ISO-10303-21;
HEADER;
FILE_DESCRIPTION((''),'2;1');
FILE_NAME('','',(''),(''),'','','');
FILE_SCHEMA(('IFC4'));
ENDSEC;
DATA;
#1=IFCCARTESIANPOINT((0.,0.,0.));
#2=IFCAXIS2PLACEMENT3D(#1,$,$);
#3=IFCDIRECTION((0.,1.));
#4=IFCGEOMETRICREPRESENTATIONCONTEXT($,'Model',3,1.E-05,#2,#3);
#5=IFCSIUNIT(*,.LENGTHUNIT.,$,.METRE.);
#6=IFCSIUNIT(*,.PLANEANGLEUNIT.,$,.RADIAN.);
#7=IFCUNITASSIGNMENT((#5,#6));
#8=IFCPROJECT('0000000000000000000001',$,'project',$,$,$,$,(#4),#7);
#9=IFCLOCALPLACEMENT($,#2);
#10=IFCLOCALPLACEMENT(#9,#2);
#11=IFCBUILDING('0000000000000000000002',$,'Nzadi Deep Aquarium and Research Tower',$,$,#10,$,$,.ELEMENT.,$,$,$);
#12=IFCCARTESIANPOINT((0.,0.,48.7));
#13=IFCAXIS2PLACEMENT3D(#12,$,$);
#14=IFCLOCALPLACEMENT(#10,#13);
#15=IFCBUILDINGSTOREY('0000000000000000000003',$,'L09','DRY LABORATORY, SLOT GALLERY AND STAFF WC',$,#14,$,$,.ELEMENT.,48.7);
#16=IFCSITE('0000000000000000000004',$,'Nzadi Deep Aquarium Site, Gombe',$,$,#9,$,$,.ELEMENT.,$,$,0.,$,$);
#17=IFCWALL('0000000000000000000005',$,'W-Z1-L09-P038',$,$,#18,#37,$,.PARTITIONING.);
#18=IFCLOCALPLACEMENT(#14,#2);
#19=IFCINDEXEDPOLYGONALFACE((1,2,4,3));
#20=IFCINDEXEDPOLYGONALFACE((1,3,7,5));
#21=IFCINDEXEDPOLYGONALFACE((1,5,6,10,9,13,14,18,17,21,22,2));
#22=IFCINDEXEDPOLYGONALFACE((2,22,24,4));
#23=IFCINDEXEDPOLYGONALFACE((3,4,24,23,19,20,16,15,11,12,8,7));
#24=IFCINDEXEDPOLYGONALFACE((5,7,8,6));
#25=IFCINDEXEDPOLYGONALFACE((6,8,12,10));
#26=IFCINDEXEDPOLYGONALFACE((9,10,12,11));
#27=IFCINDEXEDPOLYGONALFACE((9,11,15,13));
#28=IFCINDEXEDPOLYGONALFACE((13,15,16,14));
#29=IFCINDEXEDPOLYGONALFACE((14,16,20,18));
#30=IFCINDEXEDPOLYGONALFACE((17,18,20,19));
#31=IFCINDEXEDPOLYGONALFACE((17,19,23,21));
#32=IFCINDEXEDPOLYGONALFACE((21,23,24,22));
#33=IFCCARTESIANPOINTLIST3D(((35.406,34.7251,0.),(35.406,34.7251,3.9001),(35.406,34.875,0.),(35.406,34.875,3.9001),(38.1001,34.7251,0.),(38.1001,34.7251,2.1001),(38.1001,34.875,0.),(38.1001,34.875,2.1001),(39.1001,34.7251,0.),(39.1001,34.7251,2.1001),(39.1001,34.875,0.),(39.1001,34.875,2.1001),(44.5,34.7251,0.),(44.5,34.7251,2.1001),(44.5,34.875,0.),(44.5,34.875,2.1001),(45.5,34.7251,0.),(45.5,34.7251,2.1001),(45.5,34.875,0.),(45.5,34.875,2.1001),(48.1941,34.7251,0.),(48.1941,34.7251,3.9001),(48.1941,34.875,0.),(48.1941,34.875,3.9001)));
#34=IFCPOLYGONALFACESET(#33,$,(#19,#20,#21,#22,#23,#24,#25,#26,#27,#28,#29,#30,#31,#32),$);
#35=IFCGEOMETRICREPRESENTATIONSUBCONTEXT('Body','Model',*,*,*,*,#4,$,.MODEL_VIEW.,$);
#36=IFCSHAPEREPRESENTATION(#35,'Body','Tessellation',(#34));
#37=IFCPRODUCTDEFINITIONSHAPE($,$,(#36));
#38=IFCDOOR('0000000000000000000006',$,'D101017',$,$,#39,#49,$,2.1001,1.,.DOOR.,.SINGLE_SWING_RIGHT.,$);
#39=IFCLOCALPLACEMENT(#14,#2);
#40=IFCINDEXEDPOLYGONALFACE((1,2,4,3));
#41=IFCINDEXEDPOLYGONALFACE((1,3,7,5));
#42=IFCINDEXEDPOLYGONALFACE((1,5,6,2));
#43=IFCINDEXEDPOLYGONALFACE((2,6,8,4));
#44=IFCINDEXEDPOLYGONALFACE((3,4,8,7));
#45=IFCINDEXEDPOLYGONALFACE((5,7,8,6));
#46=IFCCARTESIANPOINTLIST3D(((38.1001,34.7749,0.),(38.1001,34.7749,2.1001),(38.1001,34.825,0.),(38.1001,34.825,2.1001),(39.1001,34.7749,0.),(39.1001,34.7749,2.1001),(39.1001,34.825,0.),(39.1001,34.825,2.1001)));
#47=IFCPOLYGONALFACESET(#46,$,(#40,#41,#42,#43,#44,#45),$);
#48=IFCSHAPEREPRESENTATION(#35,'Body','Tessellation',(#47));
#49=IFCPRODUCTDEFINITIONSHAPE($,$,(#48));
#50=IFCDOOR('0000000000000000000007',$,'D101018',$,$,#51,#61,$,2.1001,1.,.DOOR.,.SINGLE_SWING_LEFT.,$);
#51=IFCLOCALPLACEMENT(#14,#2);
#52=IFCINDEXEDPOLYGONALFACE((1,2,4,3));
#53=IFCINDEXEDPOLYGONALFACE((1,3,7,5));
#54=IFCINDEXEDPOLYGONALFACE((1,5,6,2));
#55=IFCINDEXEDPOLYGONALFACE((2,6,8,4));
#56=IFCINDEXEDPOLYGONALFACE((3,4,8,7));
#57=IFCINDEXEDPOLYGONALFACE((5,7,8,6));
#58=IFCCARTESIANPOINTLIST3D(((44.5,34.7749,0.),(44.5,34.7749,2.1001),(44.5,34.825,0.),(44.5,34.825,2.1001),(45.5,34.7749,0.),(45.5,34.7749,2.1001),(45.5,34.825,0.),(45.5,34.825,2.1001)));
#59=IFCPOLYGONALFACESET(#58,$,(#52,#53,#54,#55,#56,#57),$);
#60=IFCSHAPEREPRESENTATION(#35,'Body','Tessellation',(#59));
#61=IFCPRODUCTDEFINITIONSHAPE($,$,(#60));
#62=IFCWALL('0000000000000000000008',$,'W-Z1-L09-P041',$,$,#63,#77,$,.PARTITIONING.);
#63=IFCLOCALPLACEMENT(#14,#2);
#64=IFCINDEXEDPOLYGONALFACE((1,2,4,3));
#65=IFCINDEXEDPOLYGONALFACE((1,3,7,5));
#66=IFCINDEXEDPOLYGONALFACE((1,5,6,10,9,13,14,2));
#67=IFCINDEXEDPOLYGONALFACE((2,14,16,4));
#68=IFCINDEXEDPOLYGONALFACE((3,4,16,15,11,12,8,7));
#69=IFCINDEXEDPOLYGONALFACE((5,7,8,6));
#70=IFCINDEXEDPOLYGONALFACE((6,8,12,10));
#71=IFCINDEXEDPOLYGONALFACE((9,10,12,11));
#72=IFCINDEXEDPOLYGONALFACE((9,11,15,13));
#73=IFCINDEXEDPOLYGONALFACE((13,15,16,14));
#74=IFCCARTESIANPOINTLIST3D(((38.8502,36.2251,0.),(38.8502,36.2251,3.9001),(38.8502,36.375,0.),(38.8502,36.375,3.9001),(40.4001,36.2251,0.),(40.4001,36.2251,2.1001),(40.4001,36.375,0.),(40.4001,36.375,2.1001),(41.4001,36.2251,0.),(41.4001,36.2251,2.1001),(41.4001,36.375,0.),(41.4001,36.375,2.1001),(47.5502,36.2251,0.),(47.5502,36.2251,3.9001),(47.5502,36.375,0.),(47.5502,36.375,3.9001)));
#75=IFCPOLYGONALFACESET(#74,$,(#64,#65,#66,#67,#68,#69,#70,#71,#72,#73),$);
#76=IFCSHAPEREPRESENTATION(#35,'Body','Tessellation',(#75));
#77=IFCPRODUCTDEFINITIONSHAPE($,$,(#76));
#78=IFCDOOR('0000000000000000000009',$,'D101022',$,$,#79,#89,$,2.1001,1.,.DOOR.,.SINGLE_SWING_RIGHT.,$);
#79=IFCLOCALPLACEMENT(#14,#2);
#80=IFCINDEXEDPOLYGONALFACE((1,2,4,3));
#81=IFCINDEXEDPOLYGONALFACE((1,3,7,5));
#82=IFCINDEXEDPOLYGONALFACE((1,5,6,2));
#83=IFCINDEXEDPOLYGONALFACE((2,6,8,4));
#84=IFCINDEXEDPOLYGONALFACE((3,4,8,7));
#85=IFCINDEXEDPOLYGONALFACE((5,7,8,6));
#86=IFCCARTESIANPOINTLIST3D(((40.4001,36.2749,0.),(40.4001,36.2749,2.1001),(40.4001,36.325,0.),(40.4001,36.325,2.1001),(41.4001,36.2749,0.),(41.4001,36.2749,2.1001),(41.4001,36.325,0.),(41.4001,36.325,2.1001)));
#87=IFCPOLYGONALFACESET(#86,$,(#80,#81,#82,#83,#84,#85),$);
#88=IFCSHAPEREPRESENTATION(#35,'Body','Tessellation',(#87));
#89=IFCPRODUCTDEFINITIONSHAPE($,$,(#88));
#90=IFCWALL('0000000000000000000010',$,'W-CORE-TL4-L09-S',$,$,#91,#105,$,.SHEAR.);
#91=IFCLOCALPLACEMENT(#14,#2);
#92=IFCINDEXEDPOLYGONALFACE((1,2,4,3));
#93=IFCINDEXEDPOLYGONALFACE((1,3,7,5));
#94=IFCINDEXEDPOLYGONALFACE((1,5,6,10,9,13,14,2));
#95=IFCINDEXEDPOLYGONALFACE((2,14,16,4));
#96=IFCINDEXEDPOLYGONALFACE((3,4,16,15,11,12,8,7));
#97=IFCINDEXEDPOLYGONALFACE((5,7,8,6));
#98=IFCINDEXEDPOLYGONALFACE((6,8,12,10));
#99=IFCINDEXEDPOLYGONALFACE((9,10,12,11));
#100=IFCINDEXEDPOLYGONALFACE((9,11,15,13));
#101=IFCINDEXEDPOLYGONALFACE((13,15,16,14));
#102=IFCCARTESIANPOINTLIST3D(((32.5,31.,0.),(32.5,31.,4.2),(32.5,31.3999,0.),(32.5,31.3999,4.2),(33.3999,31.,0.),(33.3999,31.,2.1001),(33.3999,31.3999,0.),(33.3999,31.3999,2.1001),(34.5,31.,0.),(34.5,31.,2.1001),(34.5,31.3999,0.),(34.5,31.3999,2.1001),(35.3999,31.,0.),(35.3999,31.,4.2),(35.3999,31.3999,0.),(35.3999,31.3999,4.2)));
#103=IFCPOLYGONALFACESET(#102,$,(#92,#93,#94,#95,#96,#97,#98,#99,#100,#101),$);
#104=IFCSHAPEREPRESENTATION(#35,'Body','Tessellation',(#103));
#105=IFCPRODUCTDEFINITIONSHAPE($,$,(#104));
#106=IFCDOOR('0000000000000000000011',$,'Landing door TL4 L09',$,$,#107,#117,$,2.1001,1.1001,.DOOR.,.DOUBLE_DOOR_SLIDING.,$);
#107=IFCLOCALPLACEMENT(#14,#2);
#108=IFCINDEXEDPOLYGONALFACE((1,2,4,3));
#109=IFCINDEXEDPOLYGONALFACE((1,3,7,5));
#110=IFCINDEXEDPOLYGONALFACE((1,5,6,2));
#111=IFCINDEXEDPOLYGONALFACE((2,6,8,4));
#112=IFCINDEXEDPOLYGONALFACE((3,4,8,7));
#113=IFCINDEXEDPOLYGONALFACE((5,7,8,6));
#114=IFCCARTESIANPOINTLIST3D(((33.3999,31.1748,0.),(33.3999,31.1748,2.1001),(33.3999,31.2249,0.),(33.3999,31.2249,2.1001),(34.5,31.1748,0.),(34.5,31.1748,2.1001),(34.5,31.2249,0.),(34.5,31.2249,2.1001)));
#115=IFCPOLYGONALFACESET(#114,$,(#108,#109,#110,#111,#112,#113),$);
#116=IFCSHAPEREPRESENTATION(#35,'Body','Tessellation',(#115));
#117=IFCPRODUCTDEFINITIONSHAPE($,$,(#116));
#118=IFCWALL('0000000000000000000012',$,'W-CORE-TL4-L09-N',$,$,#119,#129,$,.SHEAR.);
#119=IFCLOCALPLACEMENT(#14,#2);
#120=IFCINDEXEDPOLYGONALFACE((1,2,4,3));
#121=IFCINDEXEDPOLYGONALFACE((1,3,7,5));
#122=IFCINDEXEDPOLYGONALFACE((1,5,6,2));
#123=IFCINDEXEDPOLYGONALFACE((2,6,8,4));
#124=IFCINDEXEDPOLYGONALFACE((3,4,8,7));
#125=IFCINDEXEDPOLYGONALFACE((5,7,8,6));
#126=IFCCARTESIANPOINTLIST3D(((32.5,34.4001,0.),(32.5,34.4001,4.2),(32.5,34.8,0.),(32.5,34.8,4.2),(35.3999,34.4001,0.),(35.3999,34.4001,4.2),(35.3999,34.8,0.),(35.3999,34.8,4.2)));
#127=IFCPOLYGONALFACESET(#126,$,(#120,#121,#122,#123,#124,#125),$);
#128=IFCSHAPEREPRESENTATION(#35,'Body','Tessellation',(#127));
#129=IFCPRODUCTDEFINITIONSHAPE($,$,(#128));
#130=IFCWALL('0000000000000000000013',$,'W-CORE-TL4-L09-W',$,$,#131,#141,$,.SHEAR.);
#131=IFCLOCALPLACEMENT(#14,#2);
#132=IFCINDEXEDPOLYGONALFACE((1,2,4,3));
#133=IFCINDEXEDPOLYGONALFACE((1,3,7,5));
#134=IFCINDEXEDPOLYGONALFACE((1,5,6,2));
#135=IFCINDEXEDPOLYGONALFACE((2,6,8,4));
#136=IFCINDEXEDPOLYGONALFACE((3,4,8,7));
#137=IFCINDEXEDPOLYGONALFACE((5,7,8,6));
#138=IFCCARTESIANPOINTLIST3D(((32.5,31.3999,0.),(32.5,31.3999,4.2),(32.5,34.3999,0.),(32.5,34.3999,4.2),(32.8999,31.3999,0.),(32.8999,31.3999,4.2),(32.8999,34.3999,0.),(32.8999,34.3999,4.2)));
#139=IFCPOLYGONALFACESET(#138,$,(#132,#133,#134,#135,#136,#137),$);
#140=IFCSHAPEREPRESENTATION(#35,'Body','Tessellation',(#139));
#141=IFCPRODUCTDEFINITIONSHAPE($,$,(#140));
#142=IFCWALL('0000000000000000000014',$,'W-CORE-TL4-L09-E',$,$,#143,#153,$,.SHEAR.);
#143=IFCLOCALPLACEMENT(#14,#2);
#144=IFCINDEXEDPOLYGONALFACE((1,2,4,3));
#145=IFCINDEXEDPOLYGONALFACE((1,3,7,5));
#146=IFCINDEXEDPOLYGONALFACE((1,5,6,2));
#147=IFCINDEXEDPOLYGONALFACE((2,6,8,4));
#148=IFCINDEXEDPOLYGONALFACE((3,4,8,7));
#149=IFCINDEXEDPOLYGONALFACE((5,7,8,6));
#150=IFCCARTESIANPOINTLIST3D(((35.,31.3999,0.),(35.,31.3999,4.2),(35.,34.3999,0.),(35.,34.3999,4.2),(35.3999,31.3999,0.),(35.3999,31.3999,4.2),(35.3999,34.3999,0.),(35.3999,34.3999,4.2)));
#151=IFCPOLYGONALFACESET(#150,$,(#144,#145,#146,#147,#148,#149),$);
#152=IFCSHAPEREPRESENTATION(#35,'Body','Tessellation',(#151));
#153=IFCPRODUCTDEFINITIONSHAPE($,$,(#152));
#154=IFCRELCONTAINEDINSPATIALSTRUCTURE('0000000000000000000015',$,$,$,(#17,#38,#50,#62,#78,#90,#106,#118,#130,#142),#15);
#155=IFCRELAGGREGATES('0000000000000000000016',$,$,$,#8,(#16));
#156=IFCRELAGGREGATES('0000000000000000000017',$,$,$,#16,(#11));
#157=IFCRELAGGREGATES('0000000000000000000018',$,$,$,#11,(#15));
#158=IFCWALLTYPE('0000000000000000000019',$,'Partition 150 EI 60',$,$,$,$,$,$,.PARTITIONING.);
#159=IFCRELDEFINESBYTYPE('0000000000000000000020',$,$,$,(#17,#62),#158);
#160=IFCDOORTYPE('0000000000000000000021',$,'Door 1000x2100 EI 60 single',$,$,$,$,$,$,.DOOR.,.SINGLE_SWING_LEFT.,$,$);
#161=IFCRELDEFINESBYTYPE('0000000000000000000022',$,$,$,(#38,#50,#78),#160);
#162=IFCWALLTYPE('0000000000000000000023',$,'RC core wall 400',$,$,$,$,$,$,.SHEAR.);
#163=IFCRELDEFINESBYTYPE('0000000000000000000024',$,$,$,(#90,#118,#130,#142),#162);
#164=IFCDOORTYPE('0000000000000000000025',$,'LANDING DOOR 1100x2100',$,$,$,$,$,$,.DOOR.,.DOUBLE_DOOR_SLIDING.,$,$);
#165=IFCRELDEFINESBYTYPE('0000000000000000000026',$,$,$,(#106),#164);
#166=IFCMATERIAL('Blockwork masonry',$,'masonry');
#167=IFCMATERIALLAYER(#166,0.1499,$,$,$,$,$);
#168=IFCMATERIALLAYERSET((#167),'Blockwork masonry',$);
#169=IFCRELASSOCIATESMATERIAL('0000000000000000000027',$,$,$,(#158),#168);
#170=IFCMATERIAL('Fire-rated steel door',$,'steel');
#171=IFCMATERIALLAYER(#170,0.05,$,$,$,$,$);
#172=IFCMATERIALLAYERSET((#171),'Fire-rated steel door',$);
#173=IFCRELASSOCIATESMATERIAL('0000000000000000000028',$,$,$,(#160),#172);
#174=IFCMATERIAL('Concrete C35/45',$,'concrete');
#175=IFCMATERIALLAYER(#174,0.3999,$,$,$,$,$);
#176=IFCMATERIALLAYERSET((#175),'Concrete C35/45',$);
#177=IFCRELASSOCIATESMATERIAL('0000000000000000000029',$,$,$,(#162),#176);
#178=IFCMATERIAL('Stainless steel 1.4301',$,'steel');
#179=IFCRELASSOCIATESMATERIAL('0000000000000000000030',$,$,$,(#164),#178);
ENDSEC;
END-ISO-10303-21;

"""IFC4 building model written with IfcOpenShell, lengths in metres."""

from ifc_helpers import new_model, si_unit, direction, frame, frame_2d, origin, place, context, subcontext, project, spatial, rectangle, extrude, material, layer, layer_set, type_object, element, fill, save


model = new_model("IFC4")

# Units and contexts
model_context = context("Model", 3, precision=1e-05, world=origin(), true_north=direction((0.0, 1.0)))
body_context = subcontext(model_context, "Body", "Model", "MODEL_VIEW")
ifc_project = project(units=[si_unit("LENGTHUNIT", "METRE"), si_unit("PLANEANGLEUNIT", "RADIAN")], contexts=[model_context])

# Site, building, storey
site_placement = place(None, origin())
site = spatial("IfcSite", under=ifc_project, at=site_placement, Name="Nzadi Deep Aquarium Site, Gombe", CompositionType="ELEMENT", RefElevation=0.0)
building_placement = place(site_placement, origin())
building = spatial("IfcBuilding", under=site, at=building_placement, Name="Nzadi Deep Aquarium and Research Tower", CompositionType="ELEMENT")
storey_placement = place(building_placement, frame((0.0, 0.0, 48.7)))
storey = spatial("IfcBuildingStorey", under=building, at=storey_placement, Name="L09", Description="DRY LABORATORY, SLOT GALLERY AND STAFF WC", CompositionType="ELEMENT", Elevation=48.7)

# Shared definitions
ifc_material_1 = material(Name="Blockwork masonry", Category="masonry")
ifc_layer_1 = layer(ifc_material_1, 0.1499)
ifc_layer_set_1 = layer_set([ifc_layer_1], Name="Blockwork masonry")
wall_type_1 = type_object("IfcWallType", Name="Partition 150 EI 60", PredefinedType="PARTITIONING", material=ifc_layer_set_1)

# Wall, openings, doors
wall_1_placement = place(storey_placement, frame((35.406, 34.8, 0.0), z_axis=(0.0, 0.0, 1.0), x_axis=(1.0, 0.0, 0.0)))
wall_1 = element("IfcWall", 1, at=wall_1_placement, inside=storey, type_object=wall_type_1, Name="W-Z1-L09-P038", PredefinedType="PARTITIONING", context=body_context, shape_type="SweptSolid", body=[
    extrude(rectangle(XDim=12.7881, YDim=0.1499, at=frame_2d((6.394, 0.0))), origin(), (0.0, 0.0, 1.0), 3.9001),
])
opening_1_placement = place(wall_1_placement, frame((2.6941, 0.0, 0.0)))
opening_1 = element("IfcOpeningElement", 2, at=opening_1_placement, cuts=wall_1, PredefinedType="OPENING", context=body_context, shape_type="SweptSolid", body=[
    extrude(rectangle(XDim=1.0, YDim=2.1001, at=frame_2d((0.5, 1.05))), frame((0.0, 0.085, 0.0), z_axis=(0.0, -1.0, 0.0), x_axis=(1.0, 0.0, 0.0)), (0.0, 0.0, 1.0), 0.1699),
])
opening_2_placement = place(wall_1_placement, frame((9.094, 0.0, 0.0)))
opening_2 = element("IfcOpeningElement", 3, at=opening_2_placement, cuts=wall_1, PredefinedType="OPENING", context=body_context, shape_type="SweptSolid", body=[
    extrude(rectangle(XDim=1.0, YDim=2.1001, at=frame_2d((0.5, 1.05))), frame((0.0, 0.085, 0.0), z_axis=(0.0, -1.0, 0.0), x_axis=(1.0, 0.0, 0.0)), (0.0, 0.0, 1.0), 0.1699),
])
ifc_material_2 = material(Name="Fire-rated steel door", Category="steel")
ifc_layer_2 = layer(ifc_material_2, 0.05)
ifc_layer_set_2 = layer_set([ifc_layer_2], Name="Fire-rated steel door")
door_type_1 = type_object("IfcDoorType", Name="Door 1000x2100 EI 60 single", OperationType="SINGLE_SWING_LEFT", PredefinedType="DOOR", material=ifc_layer_set_2)
door_1_placement = place(opening_1_placement, origin())
door_1 = element("IfcDoor", 4, at=door_1_placement, inside=storey, type_object=door_type_1, Name="D101017", OperationType="SINGLE_SWING_RIGHT", OverallHeight=2.1001, OverallWidth=1.0, PredefinedType="DOOR", context=body_context, shape_type="SweptSolid", body=[
    extrude(rectangle(XDim=1.0, YDim=2.1001, at=frame_2d((0.5, 1.05))), frame((0.0, 0.0249, 0.0), z_axis=(0.0, -1.0, 0.0), x_axis=(1.0, 0.0, 0.0)), (0.0, 0.0, 1.0), 0.05),
])
fill(opening_1, door_1)
door_2_placement = place(opening_2_placement, origin())
door_2 = element("IfcDoor", 5, at=door_2_placement, inside=storey, type_object=door_type_1, Name="D101018", OperationType="SINGLE_SWING_LEFT", OverallHeight=2.1001, OverallWidth=1.0, PredefinedType="DOOR", context=body_context, shape_type="SweptSolid", body=[
    extrude(rectangle(XDim=1.0, YDim=2.1001, at=frame_2d((0.5, 1.05))), frame((0.0, 0.0249, 0.0), z_axis=(0.0, -1.0, 0.0), x_axis=(1.0, 0.0, 0.0)), (0.0, 0.0, 1.0), 0.05),
])
fill(opening_2, door_2)

# Walls, openings, doors
wall_2_placement = place(storey_placement, frame((38.8501, 36.3, 0.0), z_axis=(0.0, 0.0, 1.0), x_axis=(1.0, 0.0, 0.0)))
wall_2 = element("IfcWall", 6, at=wall_2_placement, inside=storey, type_object=wall_type_1, Name="W-Z1-L09-P041", PredefinedType="PARTITIONING", context=body_context, shape_type="SweptSolid", body=[
    extrude(rectangle(XDim=8.7, YDim=0.1499, at=frame_2d((4.3501, 0.0))), origin(), (0.0, 0.0, 1.0), 3.9001),
])
opening_3_placement = place(wall_2_placement, frame((1.55, 0.0, 0.0)))
opening_3 = element("IfcOpeningElement", 7, at=opening_3_placement, cuts=wall_2, PredefinedType="OPENING", context=body_context, shape_type="SweptSolid", body=[
    extrude(rectangle(XDim=1.0, YDim=2.1001, at=frame_2d((0.5, 1.05))), frame((0.0, 0.085, 0.0), z_axis=(0.0, -1.0, 0.0), x_axis=(1.0, 0.0, 0.0)), (0.0, 0.0, 1.0), 0.1699),
])
door_3_placement = place(opening_3_placement, origin())
door_3 = element("IfcDoor", 8, at=door_3_placement, inside=storey, type_object=door_type_1, Name="D101022", OperationType="SINGLE_SWING_RIGHT", OverallHeight=2.1001, OverallWidth=1.0, PredefinedType="DOOR", context=body_context, shape_type="SweptSolid", body=[
    extrude(rectangle(XDim=1.0, YDim=2.1001, at=frame_2d((0.5, 1.05))), frame((0.0, 0.0249, 0.0), z_axis=(0.0, -1.0, 0.0), x_axis=(1.0, 0.0, 0.0)), (0.0, 0.0, 1.0), 0.05),
])
fill(opening_3, door_3)
ifc_material_3 = material(Name="Concrete C35/45", Category="concrete")
ifc_layer_3 = layer(ifc_material_3, 0.3999)
ifc_layer_set_3 = layer_set([ifc_layer_3], Name="Concrete C35/45")
wall_type_2 = type_object("IfcWallType", Name="RC core wall 400", PredefinedType="SHEAR", material=ifc_layer_set_3)
wall_3_placement = place(storey_placement, frame((32.5, 31.2, 0.0), z_axis=(0.0, 0.0, 1.0), x_axis=(1.0, 0.0, 0.0)))
wall_3 = element("IfcWall", 9, at=wall_3_placement, inside=storey, type_object=wall_type_2, Name="W-CORE-TL4-L09-S", PredefinedType="SHEAR", context=body_context, shape_type="SweptSolid", body=[
    extrude(rectangle(XDim=2.8999, YDim=0.3999, at=frame_2d((1.45, 0.0))), origin(), (0.0, 0.0, 1.0), 4.2),
])
opening_4_placement = place(wall_3_placement, frame((0.8999, 0.0, 0.0)))
opening_4 = element("IfcOpeningElement", 10, at=opening_4_placement, cuts=wall_3, PredefinedType="OPENING", context=body_context, shape_type="SweptSolid", body=[
    extrude(rectangle(XDim=1.1001, YDim=2.1001, at=frame_2d((0.55, 1.05))), frame((0.0, 0.21, 0.0), z_axis=(0.0, -1.0, 0.0), x_axis=(1.0, 0.0, 0.0)), (0.0, 0.0, 1.0), 0.4199),
])
ifc_material_4 = material(Name="Stainless steel 1.4301", Category="steel")
door_type_2 = type_object("IfcDoorType", Name="LANDING DOOR 1100x2100", OperationType="DOUBLE_DOOR_SLIDING", PredefinedType="DOOR", material=ifc_material_4)
door_4_placement = place(opening_4_placement, origin())
door_4 = element("IfcDoor", 11, at=door_4_placement, inside=storey, type_object=door_type_2, Name="Landing door TL4 L09", OperationType="DOUBLE_DOOR_SLIDING", OverallHeight=2.1001, OverallWidth=1.1001, PredefinedType="DOOR", context=body_context, shape_type="SweptSolid", body=[
    extrude(rectangle(XDim=1.1001, YDim=2.1001, at=frame_2d((0.55, 1.05))), frame((0.0, 0.0249, 0.0), z_axis=(0.0, -1.0, 0.0), x_axis=(1.0, 0.0, 0.0)), (0.0, 0.0, 1.0), 0.05),
])
fill(opening_4, door_4)

# Walls
wall_4_placement = place(storey_placement, frame((32.5, 34.6001, 0.0), z_axis=(0.0, 0.0, 1.0), x_axis=(1.0, 0.0, 0.0)))
element("IfcWall", 12, at=wall_4_placement, inside=storey, type_object=wall_type_2, Name="W-CORE-TL4-L09-N", PredefinedType="SHEAR", context=body_context, shape_type="SweptSolid", body=[
    extrude(rectangle(XDim=2.8999, YDim=0.3999, at=frame_2d((1.45, 0.0))), origin(), (0.0, 0.0, 1.0), 4.2),
])
for number, where, z_axis, x_axis, name in (
    (13, (32.7, 31.3999, 0.0), (0.0, 0.0, 1.0), (0.0, 1.0, 0.0), "W-CORE-TL4-L09-W"),
    (14, (35.2, 31.3999, 0.0), (0.0, 0.0, 1.0), (0.0, 1.0, 0.0), "W-CORE-TL4-L09-E"),
):
    element("IfcWall", number, at=place(storey_placement, frame(where, z_axis=z_axis, x_axis=x_axis)), inside=storey, type_object=wall_type_2, Name=name, PredefinedType="SHEAR", context=body_context, shape_type="SweptSolid", body=[
        extrude(rectangle(XDim=3.0, YDim=0.3999, at=frame_2d((1.5, 0.0))), origin(), (0.0, 0.0, 1.0), 4.2),
    ])

save(model, "model.ifc")
